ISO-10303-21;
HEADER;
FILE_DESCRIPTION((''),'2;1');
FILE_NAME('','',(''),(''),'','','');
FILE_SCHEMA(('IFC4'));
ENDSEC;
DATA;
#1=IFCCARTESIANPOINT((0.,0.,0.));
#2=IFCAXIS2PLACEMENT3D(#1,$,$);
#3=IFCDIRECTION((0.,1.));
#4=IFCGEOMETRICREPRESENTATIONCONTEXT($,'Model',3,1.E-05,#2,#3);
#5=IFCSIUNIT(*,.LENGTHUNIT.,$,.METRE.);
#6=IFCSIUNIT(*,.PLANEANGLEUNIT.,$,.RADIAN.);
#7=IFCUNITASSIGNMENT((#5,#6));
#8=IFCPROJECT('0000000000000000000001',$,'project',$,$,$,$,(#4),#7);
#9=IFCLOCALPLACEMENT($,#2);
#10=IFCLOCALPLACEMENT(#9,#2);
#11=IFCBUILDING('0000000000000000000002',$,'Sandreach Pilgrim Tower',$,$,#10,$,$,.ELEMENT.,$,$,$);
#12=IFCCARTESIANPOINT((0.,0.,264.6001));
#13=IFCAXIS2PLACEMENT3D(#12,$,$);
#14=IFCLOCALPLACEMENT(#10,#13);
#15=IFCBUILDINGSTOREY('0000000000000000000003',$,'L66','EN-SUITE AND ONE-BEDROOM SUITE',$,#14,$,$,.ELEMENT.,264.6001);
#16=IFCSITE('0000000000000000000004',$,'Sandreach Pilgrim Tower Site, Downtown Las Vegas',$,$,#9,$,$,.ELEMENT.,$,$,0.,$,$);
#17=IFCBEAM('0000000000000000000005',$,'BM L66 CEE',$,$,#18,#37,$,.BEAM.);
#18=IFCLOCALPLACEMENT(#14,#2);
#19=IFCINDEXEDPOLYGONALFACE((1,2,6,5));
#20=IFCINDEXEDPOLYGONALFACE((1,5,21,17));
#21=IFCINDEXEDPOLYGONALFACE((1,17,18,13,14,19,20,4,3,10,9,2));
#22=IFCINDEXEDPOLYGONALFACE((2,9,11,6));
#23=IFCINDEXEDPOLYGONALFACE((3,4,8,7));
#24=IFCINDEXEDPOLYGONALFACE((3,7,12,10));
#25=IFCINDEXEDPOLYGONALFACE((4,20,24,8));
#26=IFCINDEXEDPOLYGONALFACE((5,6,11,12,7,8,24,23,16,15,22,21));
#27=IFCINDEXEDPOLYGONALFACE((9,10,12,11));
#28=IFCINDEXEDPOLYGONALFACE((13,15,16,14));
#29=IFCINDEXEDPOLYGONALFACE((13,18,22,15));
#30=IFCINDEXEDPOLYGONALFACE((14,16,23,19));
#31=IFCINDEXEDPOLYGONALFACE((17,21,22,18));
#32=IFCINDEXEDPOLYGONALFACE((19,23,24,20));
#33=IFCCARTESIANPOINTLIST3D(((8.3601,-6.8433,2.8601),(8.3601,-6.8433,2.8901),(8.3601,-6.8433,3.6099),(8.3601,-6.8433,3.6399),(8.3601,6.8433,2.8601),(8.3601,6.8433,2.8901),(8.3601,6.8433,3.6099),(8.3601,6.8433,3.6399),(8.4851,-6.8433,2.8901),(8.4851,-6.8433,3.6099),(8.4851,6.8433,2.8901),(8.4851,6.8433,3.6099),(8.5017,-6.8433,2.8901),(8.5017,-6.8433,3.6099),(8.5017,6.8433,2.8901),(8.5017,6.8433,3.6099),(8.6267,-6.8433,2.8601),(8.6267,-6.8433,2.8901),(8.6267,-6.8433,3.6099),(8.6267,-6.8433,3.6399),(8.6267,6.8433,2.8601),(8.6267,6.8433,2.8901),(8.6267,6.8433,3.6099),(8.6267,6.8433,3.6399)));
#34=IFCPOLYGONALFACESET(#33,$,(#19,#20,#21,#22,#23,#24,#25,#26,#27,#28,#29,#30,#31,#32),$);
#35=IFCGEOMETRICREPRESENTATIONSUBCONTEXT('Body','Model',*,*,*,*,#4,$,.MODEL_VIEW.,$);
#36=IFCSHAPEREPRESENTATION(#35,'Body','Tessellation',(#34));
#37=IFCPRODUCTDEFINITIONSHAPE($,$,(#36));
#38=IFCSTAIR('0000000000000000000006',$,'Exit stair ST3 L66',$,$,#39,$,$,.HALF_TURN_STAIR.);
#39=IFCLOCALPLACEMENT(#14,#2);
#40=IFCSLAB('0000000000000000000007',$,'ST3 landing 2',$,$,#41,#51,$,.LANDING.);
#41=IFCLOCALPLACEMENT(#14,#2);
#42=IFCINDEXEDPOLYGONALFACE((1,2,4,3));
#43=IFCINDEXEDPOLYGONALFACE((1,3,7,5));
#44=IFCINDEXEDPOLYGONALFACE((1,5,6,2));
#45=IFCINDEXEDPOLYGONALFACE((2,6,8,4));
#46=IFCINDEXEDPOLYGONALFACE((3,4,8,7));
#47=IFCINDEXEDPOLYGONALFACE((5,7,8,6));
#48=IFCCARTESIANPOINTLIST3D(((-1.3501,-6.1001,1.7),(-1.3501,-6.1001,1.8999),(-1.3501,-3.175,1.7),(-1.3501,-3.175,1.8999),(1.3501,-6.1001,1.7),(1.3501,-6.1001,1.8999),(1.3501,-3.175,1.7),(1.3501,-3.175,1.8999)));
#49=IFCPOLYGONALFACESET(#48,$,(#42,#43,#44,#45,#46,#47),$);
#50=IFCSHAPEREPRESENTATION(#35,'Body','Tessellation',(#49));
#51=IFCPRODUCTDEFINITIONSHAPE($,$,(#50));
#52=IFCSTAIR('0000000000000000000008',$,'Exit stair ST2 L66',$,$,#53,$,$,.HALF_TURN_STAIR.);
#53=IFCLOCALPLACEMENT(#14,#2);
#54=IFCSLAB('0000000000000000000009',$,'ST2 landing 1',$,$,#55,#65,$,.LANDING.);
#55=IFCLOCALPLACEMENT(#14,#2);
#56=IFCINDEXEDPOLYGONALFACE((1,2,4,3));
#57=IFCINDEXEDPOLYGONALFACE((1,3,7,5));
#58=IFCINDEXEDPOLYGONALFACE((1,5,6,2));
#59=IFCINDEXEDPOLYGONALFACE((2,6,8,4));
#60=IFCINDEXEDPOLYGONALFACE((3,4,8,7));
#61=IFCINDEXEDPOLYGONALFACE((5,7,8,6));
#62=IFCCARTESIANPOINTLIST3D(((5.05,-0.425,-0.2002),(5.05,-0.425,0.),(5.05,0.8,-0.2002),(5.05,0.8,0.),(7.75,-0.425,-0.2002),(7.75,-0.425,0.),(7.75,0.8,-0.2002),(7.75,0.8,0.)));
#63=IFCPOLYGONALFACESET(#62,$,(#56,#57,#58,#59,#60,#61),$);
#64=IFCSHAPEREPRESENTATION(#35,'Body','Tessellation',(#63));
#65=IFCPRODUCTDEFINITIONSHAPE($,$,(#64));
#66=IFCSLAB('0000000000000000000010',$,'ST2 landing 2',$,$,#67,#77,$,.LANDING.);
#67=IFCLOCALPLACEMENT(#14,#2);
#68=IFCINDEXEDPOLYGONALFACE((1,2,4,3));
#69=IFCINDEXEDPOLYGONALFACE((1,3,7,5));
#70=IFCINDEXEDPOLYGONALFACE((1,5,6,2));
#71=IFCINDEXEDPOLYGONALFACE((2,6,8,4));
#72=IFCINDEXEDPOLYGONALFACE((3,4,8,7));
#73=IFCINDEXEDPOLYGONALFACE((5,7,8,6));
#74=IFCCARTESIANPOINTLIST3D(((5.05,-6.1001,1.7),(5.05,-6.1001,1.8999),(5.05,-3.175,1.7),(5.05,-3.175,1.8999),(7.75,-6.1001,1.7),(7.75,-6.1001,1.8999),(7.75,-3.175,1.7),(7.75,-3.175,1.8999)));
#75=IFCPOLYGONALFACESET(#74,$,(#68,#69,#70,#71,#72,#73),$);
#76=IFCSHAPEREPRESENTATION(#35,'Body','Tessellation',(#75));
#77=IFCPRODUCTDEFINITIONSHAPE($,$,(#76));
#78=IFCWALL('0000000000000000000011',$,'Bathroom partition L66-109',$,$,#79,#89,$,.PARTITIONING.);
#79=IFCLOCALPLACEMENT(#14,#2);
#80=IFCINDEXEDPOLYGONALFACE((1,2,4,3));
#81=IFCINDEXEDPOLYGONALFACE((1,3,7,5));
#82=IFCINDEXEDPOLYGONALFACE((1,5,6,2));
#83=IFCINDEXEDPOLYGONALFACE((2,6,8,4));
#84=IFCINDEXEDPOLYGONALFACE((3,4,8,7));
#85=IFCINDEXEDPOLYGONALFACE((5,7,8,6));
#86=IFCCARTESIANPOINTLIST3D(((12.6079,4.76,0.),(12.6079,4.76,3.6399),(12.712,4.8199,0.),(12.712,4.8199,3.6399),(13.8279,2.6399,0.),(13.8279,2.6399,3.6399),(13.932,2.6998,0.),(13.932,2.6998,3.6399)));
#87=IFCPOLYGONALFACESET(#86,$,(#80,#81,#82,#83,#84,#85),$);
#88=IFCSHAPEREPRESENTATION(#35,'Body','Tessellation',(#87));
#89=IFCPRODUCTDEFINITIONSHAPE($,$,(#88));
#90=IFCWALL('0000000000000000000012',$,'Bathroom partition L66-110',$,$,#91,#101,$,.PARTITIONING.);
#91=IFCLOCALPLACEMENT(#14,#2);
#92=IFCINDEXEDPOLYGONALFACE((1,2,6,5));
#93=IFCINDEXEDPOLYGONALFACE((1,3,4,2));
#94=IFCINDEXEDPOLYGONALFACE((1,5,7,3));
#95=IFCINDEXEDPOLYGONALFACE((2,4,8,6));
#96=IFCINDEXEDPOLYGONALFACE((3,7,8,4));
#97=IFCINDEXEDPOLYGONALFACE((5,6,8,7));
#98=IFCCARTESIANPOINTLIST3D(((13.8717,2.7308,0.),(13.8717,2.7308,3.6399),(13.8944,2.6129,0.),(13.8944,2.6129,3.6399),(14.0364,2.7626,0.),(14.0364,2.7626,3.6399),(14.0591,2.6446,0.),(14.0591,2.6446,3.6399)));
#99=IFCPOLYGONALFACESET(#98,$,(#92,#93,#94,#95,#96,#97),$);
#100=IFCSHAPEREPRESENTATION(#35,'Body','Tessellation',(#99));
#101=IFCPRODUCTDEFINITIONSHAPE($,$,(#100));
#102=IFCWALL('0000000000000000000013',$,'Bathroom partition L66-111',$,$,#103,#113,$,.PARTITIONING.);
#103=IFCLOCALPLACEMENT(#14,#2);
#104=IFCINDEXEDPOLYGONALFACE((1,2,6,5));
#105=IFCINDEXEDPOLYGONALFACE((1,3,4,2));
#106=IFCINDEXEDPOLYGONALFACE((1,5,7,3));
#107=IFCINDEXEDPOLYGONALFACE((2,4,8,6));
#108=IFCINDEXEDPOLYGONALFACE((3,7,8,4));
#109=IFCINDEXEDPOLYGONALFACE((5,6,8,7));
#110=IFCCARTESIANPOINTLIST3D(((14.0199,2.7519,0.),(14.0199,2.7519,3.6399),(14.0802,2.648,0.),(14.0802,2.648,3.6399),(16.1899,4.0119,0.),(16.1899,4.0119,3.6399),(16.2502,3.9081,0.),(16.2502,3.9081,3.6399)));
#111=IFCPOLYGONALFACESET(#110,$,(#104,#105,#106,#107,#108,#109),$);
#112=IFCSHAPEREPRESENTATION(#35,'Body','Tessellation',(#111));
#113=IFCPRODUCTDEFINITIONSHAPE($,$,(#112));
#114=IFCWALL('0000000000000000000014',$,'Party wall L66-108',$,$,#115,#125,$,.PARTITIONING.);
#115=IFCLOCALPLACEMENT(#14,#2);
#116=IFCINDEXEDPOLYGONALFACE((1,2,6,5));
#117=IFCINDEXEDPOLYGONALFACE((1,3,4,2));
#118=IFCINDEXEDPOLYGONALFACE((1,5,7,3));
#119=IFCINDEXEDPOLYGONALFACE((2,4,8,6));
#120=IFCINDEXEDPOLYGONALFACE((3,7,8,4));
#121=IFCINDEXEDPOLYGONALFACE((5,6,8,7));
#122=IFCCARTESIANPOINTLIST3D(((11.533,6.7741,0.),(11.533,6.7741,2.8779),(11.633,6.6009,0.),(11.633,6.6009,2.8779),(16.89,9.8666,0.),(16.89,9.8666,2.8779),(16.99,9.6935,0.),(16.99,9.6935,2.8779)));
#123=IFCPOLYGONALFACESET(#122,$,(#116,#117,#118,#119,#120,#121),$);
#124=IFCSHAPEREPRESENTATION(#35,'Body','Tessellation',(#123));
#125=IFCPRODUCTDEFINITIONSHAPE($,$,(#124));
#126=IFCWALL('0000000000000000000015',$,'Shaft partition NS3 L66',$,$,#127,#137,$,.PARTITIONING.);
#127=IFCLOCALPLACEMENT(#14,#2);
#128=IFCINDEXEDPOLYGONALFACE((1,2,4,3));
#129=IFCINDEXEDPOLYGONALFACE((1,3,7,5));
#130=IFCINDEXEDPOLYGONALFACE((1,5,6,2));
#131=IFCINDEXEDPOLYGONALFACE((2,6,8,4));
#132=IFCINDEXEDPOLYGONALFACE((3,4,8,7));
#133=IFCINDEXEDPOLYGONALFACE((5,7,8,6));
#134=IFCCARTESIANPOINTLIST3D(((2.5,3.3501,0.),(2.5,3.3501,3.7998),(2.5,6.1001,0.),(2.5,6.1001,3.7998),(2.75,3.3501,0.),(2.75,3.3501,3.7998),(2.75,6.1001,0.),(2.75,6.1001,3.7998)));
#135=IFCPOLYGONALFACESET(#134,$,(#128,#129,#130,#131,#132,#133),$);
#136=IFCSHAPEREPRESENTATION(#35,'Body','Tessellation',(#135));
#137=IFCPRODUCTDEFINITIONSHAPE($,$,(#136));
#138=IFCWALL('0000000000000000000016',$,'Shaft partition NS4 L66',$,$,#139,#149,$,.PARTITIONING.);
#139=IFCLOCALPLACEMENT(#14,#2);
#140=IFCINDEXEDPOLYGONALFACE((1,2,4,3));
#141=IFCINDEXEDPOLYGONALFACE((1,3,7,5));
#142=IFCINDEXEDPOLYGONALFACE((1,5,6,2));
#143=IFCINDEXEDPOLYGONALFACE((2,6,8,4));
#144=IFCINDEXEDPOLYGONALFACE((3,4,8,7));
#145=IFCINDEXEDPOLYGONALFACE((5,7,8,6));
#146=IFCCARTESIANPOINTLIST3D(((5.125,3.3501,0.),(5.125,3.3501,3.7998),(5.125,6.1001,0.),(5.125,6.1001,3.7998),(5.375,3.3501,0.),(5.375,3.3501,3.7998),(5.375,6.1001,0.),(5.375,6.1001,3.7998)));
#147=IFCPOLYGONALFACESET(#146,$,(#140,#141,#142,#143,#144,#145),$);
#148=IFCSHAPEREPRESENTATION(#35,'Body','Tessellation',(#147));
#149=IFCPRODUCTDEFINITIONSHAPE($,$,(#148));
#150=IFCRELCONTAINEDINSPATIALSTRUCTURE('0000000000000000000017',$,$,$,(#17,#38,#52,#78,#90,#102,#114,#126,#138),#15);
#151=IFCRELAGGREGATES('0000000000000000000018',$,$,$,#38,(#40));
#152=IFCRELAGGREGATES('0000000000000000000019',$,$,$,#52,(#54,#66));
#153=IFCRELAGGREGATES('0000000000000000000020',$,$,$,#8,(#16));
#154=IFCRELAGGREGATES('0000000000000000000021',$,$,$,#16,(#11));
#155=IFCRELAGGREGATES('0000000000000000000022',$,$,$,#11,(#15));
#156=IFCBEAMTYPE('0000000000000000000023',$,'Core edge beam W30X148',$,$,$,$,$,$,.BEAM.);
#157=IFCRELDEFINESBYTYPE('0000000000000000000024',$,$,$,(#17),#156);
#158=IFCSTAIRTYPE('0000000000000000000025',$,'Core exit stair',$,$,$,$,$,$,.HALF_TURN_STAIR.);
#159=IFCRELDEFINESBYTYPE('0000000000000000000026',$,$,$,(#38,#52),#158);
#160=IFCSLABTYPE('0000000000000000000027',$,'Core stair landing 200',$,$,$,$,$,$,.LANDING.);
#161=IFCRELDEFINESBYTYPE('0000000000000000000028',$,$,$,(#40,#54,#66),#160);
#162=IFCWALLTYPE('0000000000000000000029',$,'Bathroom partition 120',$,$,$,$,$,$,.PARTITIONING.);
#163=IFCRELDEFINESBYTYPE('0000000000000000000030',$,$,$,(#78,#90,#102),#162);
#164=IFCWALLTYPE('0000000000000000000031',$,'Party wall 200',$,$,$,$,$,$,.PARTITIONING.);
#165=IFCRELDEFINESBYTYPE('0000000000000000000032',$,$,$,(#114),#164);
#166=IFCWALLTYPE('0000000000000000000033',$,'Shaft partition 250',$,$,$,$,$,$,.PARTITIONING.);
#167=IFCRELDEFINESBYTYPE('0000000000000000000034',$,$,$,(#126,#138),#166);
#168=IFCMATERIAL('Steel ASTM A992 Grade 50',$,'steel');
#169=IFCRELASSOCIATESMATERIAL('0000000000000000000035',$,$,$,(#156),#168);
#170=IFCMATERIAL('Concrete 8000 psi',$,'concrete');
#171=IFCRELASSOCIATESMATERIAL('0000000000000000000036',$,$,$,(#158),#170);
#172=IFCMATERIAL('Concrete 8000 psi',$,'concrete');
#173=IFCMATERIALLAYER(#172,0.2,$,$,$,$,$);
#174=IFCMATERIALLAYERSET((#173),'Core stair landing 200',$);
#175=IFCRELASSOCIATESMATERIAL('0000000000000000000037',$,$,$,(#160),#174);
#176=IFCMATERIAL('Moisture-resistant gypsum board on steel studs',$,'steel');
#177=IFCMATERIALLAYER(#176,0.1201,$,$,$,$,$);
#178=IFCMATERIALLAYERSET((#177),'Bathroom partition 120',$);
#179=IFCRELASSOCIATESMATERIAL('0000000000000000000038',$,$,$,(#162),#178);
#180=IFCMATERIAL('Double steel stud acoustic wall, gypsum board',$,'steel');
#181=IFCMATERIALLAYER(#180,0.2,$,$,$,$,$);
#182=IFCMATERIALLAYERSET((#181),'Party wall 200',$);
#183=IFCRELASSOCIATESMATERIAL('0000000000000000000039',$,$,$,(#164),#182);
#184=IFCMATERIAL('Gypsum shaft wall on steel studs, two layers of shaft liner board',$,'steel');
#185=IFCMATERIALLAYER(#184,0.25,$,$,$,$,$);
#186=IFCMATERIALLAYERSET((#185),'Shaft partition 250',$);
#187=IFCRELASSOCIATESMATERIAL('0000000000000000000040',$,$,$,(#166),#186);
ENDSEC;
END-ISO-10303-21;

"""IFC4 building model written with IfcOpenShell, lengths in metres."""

from ifc_helpers import new_model, si_unit, direction, frame, frame_2d, origin, origin_2d, place, context, subcontext, project, spatial, polyline, rectangle, i_section, outline, extrude, material, layer, layer_set, material_profile, profile_set, type_object, element, aggregate, save


model = new_model("IFC4")

# Units and contexts
model_context = context("Model", 3, precision=1e-05, world=origin(), true_north=direction((0.0, 1.0)))
body_context = subcontext(model_context, "Body", "Model", "MODEL_VIEW")
ifc_project = project(units=[si_unit("LENGTHUNIT", "METRE"), si_unit("PLANEANGLEUNIT", "RADIAN")], contexts=[model_context])

# Site, building, storey
site_placement = place(None, origin())
site = spatial("IfcSite", under=ifc_project, at=site_placement, Name="Sandreach Pilgrim Tower Site, Downtown Las Vegas", CompositionType="ELEMENT", RefElevation=0.0)
building_placement = place(site_placement, origin())
building = spatial("IfcBuilding", under=site, at=building_placement, Name="Sandreach Pilgrim Tower", CompositionType="ELEMENT")
storey_placement = place(building_placement, frame((0.0, 0.0, 264.6001)))
storey = spatial("IfcBuildingStorey", under=building, at=storey_placement, Name="L66", Description="EN-SUITE AND ONE-BEDROOM SUITE", CompositionType="ELEMENT", Elevation=264.6001)

# Beam
ifc_material_1 = material(Name="Steel ASTM A992 Grade 50", Category="steel")
ifc_material_profile = material_profile(ifc_material_1, i_section(OverallWidth=0.2666, OverallDepth=0.7798, WebThickness=0.0166, FlangeThickness=0.03, at=origin_2d()), Name="W30X148")
ifc_profile_set = profile_set([ifc_material_profile], Name="Steel ASTM A992 Grade 50")
beam_type = type_object("IfcBeamType", Name="Core edge beam W30X148", PredefinedType="BEAM", material=ifc_profile_set)
beam_placement = place(storey_placement, frame((8.4934, 6.8433, 3.25), z_axis=(0.0, -1.0, 0.0), x_axis=(1.0, 0.0, 0.0)))
element("IfcBeam", 1, at=beam_placement, inside=storey, type_object=beam_type, Name="BM L66 CEE", PredefinedType="BEAM", context=body_context, shape_type="SweptSolid", body=[
    extrude(i_section(OverallWidth=0.2666, OverallDepth=0.7798, WebThickness=0.0166, FlangeThickness=0.03, at=origin_2d()), origin(), (0.0, 0.0, 1.0), 13.6865),
])

# Stair, slab
ifc_material_2 = material(Name="Concrete 8000 psi", Category="concrete")
stair_type = type_object("IfcStairType", Name="Core exit stair", PredefinedType="HALF_TURN_STAIR", material=ifc_material_2)
stair_1_placement = place(storey_placement, origin())
stair_1 = element("IfcStair", 2, at=stair_1_placement, inside=storey, type_object=stair_type, Name="Exit stair ST3 L66", PredefinedType="HALF_TURN_STAIR")
ifc_material_3 = material(Name="Concrete 8000 psi", Category="concrete")
ifc_layer_1 = layer(ifc_material_3, 0.2)
ifc_layer_set_1 = layer_set([ifc_layer_1], Name="Core stair landing 200")
slab_type = type_object("IfcSlabType", Name="Core stair landing 200", PredefinedType="LANDING", material=ifc_layer_set_1)
slab_1_placement = place(storey_placement, frame((0.0, 0.0, 1.7)))
slab_1 = element("IfcSlab", 3, at=slab_1_placement, type_object=slab_type, Name="ST3 landing 2", PredefinedType="LANDING", context=body_context, shape_type="SweptSolid", body=[
    extrude(outline(polyline([(-1.3501, -6.1001), (1.3501, -6.1001), (1.3501, -3.175), (-1.3501, -3.175), (-1.3501, -6.1001)])), origin(), (0.0, 0.0, 1.0), 0.2),
])
aggregate(stair_1, [slab_1])

# Stair, slabs
stair_2_placement = place(storey_placement, origin())
stair_2 = element("IfcStair", 4, at=stair_2_placement, inside=storey, type_object=stair_type, Name="Exit stair ST2 L66", PredefinedType="HALF_TURN_STAIR")
slab_2_placement = place(storey_placement, frame((0.0, 0.0, -0.2002)))
slab_2 = element("IfcSlab", 5, at=slab_2_placement, type_object=slab_type, Name="ST2 landing 1", PredefinedType="LANDING", context=body_context, shape_type="SweptSolid", body=[
    extrude(outline(polyline([(5.05, -0.425), (7.75, -0.425), (7.75, 0.8), (5.05, 0.8), (5.05, -0.425)])), origin(), (0.0, 0.0, 1.0), 0.2002),
])
slab_3_placement = place(storey_placement, frame((0.0, 0.0, 1.7)))
slab_3 = element("IfcSlab", 6, at=slab_3_placement, type_object=slab_type, Name="ST2 landing 2", PredefinedType="LANDING", context=body_context, shape_type="SweptSolid", body=[
    extrude(outline(polyline([(5.05, -6.1001), (7.75, -6.1001), (7.75, -3.175), (5.05, -3.175), (5.05, -6.1001)])), origin(), (0.0, 0.0, 1.0), 0.2),
])
aggregate(stair_2, [slab_2, slab_3])

# Walls
ifc_material_4 = material(Name="Moisture-resistant gypsum board on steel studs", Category="steel")
ifc_layer_2 = layer(ifc_material_4, 0.1201)
ifc_layer_set_2 = layer_set([ifc_layer_2], Name="Bathroom partition 120")
wall_type_1 = type_object("IfcWallType", Name="Bathroom partition 120", PredefinedType="PARTITIONING", material=ifc_layer_set_2)
wall_1_placement = place(storey_placement, frame((12.6599, 4.79, 0.0), z_axis=(0.0, 0.0, 1.0), x_axis=(0.498749, -0.866747, 0.0)))
element("IfcWall", 7, at=wall_1_placement, inside=storey, type_object=wall_type_1, Name="Bathroom partition L66-109", PredefinedType="PARTITIONING", context=body_context, shape_type="SweptSolid", body=[
    extrude(rectangle(XDim=2.446, YDim=0.1201, at=frame_2d((1.2231, 0.0))), origin(), (0.0, 0.0, 1.0), 3.6399),
])
wall_2_placement = place(storey_placement, frame((14.0479, 2.7036, 0.0), z_axis=(0.0, 0.0, 1.0), x_axis=(-0.981955, -0.189117, 0.0)))
element("IfcWall", 8, at=wall_2_placement, inside=storey, type_object=wall_type_1, Name="Bathroom partition L66-110", PredefinedType="PARTITIONING", context=body_context, shape_type="SweptSolid", body=[
    extrude(rectangle(XDim=0.1677, YDim=0.1201, at=frame_2d((0.084, 0.0))), origin(), (0.0, 0.0, 1.0), 3.6399),
])
wall_3_placement = place(storey_placement, frame((14.05, 2.7, 0.0), z_axis=(0.0, 0.0, 1.0), x_axis=(0.864779, 0.502152, 0.0)))
element("IfcWall", 9, at=wall_3_placement, inside=storey, type_object=wall_type_1, Name="Bathroom partition L66-111", PredefinedType="PARTITIONING", context=body_context, shape_type="SweptSolid", body=[
    extrude(rectangle(XDim=2.5093, YDim=0.1201, at=frame_2d((1.2546, 0.0))), origin(), (0.0, 0.0, 1.0), 3.6399),
])

# Walls
ifc_material_5 = material(Name="Double steel stud acoustic wall, gypsum board", Category="steel")
ifc_layer_3 = layer(ifc_material_5, 0.2)
ifc_layer_set_3 = layer_set([ifc_layer_3], Name="Party wall 200")
wall_type_2 = type_object("IfcWallType", Name="Party wall 200", PredefinedType="PARTITIONING", material=ifc_layer_set_3)
wall_4_placement = place(storey_placement, frame((11.583, 6.6875, 0.0), z_axis=(0.0, 0.0, 1.0), x_axis=(0.866046, 0.499964, 0.0)))
element("IfcWall", 10, at=wall_4_placement, inside=storey, type_object=wall_type_2, Name="Party wall L66-108", PredefinedType="PARTITIONING", context=body_context, shape_type="SweptSolid", body=[
    extrude(rectangle(XDim=6.1855, YDim=0.2, at=frame_2d((3.0928, 0.0))), origin(), (0.0, 0.0, 1.0), 2.8779),
])
ifc_material_6 = material(Name="Gypsum shaft wall on steel studs, two layers of shaft liner board", Category="steel")
ifc_layer_4 = layer(ifc_material_6, 0.25)
ifc_layer_set_4 = layer_set([ifc_layer_4], Name="Shaft partition 250")
wall_type_3 = type_object("IfcWallType", Name="Shaft partition 250", PredefinedType="PARTITIONING", material=ifc_layer_set_4)
for number, where, z_axis, x_axis, name in (
    (11, (2.625, 3.3501, 0.0), (0.0, 0.0, 1.0), (0.0, 1.0, 0.0), "Shaft partition NS3 L66"),
    (12, (5.25, 3.3501, 0.0), (0.0, 0.0, 1.0), (0.0, 1.0, 0.0), "Shaft partition NS4 L66"),
):
    element("IfcWall", number, at=place(storey_placement, frame(where, z_axis=z_axis, x_axis=x_axis)), inside=storey, type_object=wall_type_3, Name=name, PredefinedType="PARTITIONING", context=body_context, shape_type="SweptSolid", body=[
        extrude(rectangle(XDim=2.75, YDim=0.25, at=frame_2d((1.375, 0.0))), origin(), (0.0, 0.0, 1.0), 3.7998),
    ])

save(model, "model.ifc")
